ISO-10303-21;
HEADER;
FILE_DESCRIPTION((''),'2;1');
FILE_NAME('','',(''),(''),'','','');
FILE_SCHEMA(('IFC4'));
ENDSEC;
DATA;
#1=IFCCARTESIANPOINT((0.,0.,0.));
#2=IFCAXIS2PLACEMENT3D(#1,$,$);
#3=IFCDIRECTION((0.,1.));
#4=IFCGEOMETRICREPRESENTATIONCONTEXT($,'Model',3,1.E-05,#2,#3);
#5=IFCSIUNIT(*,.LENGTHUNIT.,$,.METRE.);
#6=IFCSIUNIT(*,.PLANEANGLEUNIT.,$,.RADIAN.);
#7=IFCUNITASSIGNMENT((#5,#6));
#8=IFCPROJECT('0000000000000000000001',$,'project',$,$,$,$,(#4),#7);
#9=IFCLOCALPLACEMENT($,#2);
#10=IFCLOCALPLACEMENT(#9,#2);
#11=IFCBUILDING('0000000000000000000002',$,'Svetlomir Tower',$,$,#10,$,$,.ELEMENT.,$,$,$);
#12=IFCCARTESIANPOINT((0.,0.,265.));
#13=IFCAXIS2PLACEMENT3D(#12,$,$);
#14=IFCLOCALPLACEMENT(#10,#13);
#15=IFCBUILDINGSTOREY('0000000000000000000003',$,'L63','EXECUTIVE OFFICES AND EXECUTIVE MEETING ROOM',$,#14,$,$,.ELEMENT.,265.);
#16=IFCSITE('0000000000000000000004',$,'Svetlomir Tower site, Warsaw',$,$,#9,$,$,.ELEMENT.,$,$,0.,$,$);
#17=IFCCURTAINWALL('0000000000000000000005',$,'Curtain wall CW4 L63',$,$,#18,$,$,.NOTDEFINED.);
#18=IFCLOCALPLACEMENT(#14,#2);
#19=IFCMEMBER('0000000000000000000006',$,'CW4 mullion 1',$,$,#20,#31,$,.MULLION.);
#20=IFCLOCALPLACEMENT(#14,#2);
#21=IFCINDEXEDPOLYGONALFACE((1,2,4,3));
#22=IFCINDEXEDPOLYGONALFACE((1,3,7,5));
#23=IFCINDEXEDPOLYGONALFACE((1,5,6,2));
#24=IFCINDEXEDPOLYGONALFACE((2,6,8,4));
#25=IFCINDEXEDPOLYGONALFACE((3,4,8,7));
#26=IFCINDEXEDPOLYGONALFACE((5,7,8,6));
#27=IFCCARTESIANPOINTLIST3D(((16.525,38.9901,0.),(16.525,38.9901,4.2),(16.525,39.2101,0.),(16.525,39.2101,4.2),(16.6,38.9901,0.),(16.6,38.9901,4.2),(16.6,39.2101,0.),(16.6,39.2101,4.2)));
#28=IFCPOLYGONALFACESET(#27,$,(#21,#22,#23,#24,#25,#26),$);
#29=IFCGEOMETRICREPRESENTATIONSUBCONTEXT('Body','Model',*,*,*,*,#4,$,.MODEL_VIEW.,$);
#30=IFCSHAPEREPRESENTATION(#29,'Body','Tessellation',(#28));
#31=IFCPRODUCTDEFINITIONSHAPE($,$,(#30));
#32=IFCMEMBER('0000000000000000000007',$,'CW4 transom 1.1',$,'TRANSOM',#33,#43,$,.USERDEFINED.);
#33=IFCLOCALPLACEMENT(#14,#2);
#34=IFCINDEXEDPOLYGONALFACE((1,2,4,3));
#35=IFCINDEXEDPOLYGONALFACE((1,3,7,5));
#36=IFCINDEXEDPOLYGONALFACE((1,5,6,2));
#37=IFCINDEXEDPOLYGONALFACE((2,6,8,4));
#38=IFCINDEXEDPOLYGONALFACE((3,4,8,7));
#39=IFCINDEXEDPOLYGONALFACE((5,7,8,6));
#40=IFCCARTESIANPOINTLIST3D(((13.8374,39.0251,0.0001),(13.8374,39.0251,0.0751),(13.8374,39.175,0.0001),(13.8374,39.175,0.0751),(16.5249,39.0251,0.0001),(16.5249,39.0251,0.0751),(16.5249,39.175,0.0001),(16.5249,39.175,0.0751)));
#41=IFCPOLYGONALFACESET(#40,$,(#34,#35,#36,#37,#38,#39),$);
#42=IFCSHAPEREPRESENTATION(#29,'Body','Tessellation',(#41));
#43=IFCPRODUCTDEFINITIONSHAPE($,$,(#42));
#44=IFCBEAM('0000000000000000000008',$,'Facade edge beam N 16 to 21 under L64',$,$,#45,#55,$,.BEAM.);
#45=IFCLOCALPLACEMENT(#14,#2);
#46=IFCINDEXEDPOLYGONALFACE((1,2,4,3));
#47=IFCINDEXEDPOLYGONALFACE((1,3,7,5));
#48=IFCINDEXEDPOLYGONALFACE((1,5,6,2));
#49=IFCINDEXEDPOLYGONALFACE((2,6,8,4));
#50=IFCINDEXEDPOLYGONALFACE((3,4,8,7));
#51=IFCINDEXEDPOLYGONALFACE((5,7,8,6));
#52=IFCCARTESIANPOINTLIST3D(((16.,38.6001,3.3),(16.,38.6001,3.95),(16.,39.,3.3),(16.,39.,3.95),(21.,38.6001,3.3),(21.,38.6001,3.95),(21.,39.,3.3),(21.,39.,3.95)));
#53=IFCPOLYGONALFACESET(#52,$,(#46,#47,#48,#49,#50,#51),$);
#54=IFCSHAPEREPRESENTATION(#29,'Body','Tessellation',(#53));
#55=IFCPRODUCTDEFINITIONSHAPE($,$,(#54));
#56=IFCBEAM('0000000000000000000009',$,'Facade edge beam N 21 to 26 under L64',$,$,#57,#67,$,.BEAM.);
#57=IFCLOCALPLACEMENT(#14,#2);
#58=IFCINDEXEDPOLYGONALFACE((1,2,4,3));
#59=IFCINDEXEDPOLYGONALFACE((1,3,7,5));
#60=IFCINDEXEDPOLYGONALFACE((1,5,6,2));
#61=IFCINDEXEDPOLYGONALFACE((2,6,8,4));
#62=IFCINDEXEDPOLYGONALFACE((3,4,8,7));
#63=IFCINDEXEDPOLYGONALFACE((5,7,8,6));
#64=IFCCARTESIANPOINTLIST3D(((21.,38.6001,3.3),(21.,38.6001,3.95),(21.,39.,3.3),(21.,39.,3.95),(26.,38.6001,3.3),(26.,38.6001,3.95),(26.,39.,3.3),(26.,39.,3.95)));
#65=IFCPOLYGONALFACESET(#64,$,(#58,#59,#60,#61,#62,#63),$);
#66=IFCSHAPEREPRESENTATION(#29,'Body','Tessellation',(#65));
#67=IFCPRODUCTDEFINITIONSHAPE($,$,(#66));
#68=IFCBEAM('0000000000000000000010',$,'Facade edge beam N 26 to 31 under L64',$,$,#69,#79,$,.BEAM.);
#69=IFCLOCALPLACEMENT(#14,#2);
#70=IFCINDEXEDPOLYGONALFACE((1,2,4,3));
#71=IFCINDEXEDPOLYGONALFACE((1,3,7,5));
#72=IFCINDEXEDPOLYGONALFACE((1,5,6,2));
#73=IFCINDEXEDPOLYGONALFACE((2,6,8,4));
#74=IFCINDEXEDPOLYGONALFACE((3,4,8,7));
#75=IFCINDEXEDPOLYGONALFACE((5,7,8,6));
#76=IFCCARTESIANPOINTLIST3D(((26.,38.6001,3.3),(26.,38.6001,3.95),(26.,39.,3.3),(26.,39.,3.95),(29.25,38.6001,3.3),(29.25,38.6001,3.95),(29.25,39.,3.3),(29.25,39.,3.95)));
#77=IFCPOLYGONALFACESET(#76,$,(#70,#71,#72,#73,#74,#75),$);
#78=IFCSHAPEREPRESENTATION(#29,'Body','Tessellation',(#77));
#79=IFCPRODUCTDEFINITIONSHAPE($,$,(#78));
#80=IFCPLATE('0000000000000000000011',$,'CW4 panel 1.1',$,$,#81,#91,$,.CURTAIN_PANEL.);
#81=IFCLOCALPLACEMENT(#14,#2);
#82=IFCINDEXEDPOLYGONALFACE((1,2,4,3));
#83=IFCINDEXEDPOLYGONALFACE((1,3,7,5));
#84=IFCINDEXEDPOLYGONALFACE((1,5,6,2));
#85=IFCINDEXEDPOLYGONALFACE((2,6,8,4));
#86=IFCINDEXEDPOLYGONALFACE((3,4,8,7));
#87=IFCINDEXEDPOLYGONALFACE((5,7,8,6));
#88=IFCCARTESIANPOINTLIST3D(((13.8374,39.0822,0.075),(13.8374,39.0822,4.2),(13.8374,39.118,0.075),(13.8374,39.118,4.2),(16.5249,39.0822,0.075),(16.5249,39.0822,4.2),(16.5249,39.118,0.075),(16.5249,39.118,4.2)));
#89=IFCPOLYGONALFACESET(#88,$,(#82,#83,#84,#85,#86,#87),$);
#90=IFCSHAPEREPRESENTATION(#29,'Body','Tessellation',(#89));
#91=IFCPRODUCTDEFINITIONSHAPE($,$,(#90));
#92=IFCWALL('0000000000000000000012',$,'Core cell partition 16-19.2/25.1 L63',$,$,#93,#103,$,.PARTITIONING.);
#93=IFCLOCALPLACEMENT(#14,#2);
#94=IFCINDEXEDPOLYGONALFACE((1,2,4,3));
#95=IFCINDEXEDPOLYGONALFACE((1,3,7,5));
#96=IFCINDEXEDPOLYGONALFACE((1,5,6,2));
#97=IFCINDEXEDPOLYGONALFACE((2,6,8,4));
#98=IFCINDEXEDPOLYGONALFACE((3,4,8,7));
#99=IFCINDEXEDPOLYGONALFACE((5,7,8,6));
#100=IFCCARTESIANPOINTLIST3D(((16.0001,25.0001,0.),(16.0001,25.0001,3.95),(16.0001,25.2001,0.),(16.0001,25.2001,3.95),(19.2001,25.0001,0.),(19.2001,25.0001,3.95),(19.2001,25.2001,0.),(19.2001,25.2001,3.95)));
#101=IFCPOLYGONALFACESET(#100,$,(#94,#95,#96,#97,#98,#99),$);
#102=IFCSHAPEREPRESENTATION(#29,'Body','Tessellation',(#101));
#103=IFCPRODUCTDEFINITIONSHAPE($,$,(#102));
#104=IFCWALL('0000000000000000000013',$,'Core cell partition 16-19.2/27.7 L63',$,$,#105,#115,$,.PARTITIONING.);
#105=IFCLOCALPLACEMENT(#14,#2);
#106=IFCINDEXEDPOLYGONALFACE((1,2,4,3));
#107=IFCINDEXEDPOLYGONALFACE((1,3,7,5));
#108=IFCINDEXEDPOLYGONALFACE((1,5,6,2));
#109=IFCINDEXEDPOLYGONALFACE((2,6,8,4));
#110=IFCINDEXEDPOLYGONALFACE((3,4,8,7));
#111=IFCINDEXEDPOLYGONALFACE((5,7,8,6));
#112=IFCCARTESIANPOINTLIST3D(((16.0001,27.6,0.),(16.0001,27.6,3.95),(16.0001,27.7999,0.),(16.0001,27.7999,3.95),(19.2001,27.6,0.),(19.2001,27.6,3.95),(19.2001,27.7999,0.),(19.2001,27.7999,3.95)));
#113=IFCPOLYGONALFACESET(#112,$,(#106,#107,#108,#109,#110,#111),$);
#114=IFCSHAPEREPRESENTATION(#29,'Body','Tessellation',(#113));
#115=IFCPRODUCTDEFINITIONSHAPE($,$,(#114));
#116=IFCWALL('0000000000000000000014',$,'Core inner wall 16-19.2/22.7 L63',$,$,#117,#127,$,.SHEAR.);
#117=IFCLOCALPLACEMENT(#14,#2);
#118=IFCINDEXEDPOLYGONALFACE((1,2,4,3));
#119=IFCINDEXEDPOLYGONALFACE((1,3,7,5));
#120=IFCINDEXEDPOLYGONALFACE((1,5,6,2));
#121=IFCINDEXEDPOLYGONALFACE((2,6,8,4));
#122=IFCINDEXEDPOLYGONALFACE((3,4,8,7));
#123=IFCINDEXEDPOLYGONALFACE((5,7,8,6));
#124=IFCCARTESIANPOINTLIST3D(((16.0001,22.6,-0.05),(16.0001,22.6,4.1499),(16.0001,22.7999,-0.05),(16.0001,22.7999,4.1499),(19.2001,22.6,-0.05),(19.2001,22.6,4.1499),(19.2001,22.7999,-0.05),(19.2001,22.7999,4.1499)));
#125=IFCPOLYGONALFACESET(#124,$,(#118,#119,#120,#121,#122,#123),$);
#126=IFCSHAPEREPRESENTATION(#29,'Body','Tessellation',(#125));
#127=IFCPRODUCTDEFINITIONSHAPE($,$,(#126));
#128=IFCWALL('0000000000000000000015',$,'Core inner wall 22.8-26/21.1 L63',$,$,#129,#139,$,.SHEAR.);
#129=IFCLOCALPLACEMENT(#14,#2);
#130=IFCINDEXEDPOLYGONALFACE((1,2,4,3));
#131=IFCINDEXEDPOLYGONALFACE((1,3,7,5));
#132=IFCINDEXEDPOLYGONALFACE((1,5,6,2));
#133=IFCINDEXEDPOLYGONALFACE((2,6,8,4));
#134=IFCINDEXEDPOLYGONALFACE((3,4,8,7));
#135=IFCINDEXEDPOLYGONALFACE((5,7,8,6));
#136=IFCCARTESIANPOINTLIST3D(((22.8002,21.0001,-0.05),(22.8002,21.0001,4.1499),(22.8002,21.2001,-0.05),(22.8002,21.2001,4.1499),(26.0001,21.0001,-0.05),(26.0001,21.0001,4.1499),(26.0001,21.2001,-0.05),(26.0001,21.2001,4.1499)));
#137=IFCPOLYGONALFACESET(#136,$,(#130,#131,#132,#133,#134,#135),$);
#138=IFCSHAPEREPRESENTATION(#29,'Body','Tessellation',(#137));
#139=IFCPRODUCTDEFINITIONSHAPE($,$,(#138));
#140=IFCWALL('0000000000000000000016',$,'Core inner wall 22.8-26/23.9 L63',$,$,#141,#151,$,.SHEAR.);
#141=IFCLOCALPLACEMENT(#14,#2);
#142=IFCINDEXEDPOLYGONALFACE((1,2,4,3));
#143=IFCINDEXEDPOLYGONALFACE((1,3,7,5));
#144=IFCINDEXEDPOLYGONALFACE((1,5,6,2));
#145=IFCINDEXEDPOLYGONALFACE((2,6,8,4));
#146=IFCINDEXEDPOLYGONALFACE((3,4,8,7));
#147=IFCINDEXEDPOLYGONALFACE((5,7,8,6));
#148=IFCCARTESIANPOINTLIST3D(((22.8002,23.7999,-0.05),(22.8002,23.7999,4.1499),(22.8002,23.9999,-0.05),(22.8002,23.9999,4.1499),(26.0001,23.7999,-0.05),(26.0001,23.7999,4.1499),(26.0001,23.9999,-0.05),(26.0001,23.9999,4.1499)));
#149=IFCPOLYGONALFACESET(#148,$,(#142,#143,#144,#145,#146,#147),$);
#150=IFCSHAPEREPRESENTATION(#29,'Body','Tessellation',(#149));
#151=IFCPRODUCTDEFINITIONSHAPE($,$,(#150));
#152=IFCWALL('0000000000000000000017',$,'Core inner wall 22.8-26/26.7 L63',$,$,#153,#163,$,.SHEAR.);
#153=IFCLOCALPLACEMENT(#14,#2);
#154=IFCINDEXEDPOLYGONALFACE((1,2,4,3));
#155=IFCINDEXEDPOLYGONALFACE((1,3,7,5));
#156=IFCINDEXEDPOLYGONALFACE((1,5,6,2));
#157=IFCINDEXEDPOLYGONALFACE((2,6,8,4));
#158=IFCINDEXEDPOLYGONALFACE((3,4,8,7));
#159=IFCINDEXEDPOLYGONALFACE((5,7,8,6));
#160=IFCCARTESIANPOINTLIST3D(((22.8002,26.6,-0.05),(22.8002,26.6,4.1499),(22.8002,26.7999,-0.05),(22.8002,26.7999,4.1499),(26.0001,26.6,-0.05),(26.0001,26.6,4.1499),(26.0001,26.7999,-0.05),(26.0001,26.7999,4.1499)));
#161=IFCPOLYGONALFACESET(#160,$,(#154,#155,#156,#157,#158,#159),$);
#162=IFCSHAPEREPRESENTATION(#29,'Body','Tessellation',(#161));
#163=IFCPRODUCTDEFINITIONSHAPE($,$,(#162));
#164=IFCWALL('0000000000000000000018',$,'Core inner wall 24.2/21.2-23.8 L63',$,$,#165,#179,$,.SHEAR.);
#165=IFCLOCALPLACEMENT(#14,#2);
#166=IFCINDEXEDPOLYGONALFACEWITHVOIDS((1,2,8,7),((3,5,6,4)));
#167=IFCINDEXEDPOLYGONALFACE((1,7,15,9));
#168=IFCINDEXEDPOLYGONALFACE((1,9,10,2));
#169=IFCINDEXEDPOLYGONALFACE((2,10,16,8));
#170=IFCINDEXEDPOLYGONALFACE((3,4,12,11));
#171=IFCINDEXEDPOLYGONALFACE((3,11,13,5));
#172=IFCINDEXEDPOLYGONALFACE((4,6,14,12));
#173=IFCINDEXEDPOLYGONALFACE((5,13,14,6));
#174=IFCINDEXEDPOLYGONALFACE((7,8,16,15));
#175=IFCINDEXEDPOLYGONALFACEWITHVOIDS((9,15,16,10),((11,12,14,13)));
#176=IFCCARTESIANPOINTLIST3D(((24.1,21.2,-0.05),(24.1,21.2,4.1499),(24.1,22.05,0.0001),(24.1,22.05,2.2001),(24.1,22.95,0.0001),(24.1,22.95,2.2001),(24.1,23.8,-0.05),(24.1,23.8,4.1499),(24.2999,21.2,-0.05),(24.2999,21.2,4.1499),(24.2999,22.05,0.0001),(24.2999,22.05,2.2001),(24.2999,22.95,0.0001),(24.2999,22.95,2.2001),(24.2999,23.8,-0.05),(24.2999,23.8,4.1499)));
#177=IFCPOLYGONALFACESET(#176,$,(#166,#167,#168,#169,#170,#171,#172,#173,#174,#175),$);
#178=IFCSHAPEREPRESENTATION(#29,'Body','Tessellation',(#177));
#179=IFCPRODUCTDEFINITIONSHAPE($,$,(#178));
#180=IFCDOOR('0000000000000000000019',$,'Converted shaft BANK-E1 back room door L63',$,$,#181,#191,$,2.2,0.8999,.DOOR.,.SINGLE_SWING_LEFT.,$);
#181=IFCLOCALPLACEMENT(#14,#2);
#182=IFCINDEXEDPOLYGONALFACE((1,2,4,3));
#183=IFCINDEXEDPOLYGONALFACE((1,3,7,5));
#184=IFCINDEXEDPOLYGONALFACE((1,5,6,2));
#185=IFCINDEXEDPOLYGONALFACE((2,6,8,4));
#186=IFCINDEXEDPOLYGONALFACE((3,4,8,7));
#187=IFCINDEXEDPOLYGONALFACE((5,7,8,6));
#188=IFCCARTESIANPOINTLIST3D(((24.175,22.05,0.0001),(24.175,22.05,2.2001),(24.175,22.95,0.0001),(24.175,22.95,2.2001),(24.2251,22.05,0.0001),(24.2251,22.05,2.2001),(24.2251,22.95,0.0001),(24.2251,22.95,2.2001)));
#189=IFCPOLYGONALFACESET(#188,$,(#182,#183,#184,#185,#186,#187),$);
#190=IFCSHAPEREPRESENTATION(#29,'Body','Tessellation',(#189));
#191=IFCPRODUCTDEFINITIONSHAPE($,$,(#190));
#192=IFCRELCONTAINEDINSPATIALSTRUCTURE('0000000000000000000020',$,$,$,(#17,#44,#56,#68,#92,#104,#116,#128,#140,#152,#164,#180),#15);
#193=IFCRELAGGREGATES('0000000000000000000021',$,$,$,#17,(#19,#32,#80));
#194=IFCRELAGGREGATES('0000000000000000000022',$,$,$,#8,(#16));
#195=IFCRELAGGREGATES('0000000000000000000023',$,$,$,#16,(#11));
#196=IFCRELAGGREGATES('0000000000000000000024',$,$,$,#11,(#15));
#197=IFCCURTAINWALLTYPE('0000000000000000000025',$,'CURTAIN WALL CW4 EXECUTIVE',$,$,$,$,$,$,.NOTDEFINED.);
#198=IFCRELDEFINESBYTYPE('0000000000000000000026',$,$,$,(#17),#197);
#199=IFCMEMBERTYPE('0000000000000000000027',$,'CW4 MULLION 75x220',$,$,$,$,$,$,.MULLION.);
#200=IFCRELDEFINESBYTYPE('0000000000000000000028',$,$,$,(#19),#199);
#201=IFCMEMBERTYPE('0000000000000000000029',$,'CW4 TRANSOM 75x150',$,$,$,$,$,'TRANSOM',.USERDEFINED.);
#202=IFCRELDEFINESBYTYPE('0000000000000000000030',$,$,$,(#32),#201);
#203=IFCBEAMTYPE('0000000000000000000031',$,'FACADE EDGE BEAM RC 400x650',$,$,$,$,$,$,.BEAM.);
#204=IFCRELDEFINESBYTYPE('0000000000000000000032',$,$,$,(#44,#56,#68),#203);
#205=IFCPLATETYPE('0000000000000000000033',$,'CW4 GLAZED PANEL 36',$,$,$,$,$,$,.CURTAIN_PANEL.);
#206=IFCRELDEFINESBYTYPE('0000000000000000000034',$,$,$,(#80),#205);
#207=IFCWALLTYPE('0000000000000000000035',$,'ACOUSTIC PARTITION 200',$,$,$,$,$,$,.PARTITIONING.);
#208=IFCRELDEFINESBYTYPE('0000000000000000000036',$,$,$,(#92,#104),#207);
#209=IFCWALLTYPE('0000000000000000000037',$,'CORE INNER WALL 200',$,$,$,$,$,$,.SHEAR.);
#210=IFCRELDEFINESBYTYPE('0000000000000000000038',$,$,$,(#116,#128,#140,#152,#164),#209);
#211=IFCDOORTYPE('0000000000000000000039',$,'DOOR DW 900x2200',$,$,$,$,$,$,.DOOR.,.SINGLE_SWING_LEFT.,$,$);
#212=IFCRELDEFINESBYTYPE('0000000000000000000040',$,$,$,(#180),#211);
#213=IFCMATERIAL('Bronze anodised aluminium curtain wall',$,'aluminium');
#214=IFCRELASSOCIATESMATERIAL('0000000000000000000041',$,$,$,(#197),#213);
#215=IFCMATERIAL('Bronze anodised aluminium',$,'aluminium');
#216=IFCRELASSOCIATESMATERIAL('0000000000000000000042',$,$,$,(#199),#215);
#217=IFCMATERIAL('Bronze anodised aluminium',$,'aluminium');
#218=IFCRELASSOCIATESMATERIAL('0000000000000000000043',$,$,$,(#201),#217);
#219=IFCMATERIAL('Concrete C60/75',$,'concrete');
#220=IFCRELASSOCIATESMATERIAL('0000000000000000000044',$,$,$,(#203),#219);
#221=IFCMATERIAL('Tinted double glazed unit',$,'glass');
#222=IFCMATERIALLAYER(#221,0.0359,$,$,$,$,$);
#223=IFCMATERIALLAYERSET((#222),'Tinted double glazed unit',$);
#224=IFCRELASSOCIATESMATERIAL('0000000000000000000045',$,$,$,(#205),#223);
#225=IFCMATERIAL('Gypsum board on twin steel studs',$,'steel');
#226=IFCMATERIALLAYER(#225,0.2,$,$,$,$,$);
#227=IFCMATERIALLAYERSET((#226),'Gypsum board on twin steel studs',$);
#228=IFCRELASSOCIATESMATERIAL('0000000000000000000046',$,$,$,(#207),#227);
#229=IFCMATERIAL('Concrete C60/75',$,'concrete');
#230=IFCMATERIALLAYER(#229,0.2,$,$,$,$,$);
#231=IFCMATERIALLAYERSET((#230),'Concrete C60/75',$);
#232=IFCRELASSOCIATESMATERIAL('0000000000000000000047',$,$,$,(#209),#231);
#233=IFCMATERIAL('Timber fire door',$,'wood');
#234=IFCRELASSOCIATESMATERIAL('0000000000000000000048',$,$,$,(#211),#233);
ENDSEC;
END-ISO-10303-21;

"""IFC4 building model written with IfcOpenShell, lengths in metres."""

from ifc_helpers import new_model, si_unit, direction, frame, frame_2d, origin, origin_2d, place, context, subcontext, project, spatial, rectangle, extrude, material, layer, layer_set, material_profile, profile_set, type_object, element, fill, aggregate, save


model = new_model("IFC4")

# Units and contexts
model_context = context("Model", 3, precision=1e-05, world=origin(), true_north=direction((0.0, 1.0)))
body_context = subcontext(model_context, "Body", "Model", "MODEL_VIEW")
ifc_project = project(units=[si_unit("LENGTHUNIT", "METRE"), si_unit("PLANEANGLEUNIT", "RADIAN")], contexts=[model_context])

# Site, building, storey
site_placement = place(None, origin())
site = spatial("IfcSite", under=ifc_project, at=site_placement, Name="Svetlomir Tower site, Warsaw", CompositionType="ELEMENT", RefElevation=0.0)
building_placement = place(site_placement, origin())
building = spatial("IfcBuilding", under=site, at=building_placement, Name="Svetlomir Tower", CompositionType="ELEMENT")
storey_placement = place(building_placement, frame((0.0, 0.0, 265.0)))
storey = spatial("IfcBuildingStorey", under=building, at=storey_placement, Name="L63", Description="EXECUTIVE OFFICES AND EXECUTIVE MEETING ROOM", CompositionType="ELEMENT", Elevation=265.0)

# Curtain wall, members
ifc_material_1 = material(Name="Bronze anodised aluminium curtain wall", Category="aluminium")
curtain_wall_type = type_object("IfcCurtainWallType", Name="CURTAIN WALL CW4 EXECUTIVE", PredefinedType="NOTDEFINED", material=ifc_material_1)
curtain_wall_placement = place(storey_placement, origin())
curtain_wall = element("IfcCurtainWall", 1, at=curtain_wall_placement, inside=storey, type_object=curtain_wall_type, Name="Curtain wall CW4 L63", PredefinedType="NOTDEFINED")
ifc_material_2 = material(Name="Bronze anodised aluminium", Category="aluminium")
ifc_material_profile_1 = material_profile(ifc_material_2, rectangle(XDim=0.075, YDim=0.22, at=origin_2d()), Name="AL 75x220")
ifc_profile_set_1 = profile_set([ifc_material_profile_1], Name="Bronze anodised aluminium 6063-T6")
member_type_1 = type_object("IfcMemberType", Name="CW4 MULLION 75x220", PredefinedType="MULLION", material=ifc_profile_set_1)
member_1_placement = place(storey_placement, frame((16.5625, 39.1001, 0.0), z_axis=(0.0, 0.0, 1.0), x_axis=(-1.0, 0.0, 0.0)))
member_1 = element("IfcMember", 2, at=member_1_placement, type_object=member_type_1, Name="CW4 mullion 1", PredefinedType="MULLION", context=body_context, shape_type="SweptSolid", body=[
    extrude(rectangle(XDim=0.075, YDim=0.22, at=origin_2d()), origin(), (0.0, 0.0, 1.0), 4.2),
])
ifc_material_3 = material(Name="Bronze anodised aluminium", Category="aluminium")
ifc_material_profile_2 = material_profile(ifc_material_3, rectangle(XDim=0.1499, YDim=0.075, at=origin_2d()), Name="AL 150x75")
ifc_profile_set_2 = profile_set([ifc_material_profile_2], Name="Bronze anodised aluminium 6063-T6")
member_type_2 = type_object("IfcMemberType", Name="CW4 TRANSOM 75x150", ElementType="TRANSOM", PredefinedType="USERDEFINED", material=ifc_profile_set_2)
member_2_placement = place(storey_placement, frame((16.5249, 39.1001, 0.0376), z_axis=(-1.0, 0.0, 0.0), x_axis=(0.0, -1.0, 0.0)))
member_2 = element("IfcMember", 3, at=member_2_placement, type_object=member_type_2, Name="CW4 transom 1.1", ObjectType="TRANSOM", PredefinedType="USERDEFINED", context=body_context, shape_type="SweptSolid", body=[
    extrude(rectangle(XDim=0.1499, YDim=0.075, at=origin_2d()), origin(), (0.0, 0.0, 1.0), 2.6875),
])

# Beams
ifc_material_4 = material(Name="Concrete C60/75", Category="concrete")
ifc_material_profile_3 = material_profile(ifc_material_4, rectangle(XDim=0.3999, YDim=0.6499, at=origin_2d()), Name="RC 400x650")
ifc_profile_set_3 = profile_set([ifc_material_profile_3], Name="Concrete C60/75")
beam_type = type_object("IfcBeamType", Name="FACADE EDGE BEAM RC 400x650", PredefinedType="BEAM", material=ifc_profile_set_3)
for number, where, z_axis, x_axis, name in (
    (4, (16.0, 38.8, 3.625), (1.0, 0.0, 0.0), (0.0, 1.0, 0.0), "Facade edge beam N 16 to 21 under L64"),
    (5, (21.0, 38.8, 3.625), (1.0, 0.0, 0.0), (0.0, 1.0, 0.0), "Facade edge beam N 21 to 26 under L64"),
):
    element("IfcBeam", number, at=place(storey_placement, frame(where, z_axis=z_axis, x_axis=x_axis)), inside=storey, type_object=beam_type, Name=name, PredefinedType="BEAM", context=body_context, shape_type="SweptSolid", body=[
        extrude(rectangle(XDim=0.3999, YDim=0.6499, at=origin_2d()), origin(), (0.0, 0.0, 1.0), 5.0),
    ])
beam_placement = place(storey_placement, frame((26.0, 38.8, 3.625), z_axis=(1.0, 0.0, 0.0), x_axis=(0.0, 1.0, 0.0)))
element("IfcBeam", 6, at=beam_placement, inside=storey, type_object=beam_type, Name="Facade edge beam N 26 to 31 under L64", PredefinedType="BEAM", context=body_context, shape_type="SweptSolid", body=[
    extrude(rectangle(XDim=0.3999, YDim=0.6499, at=origin_2d()), origin(), (0.0, 0.0, 1.0), 3.25),
])

# Plate
ifc_material_5 = material(Name="Tinted double glazed unit", Category="glass")
ifc_layer_1 = layer(ifc_material_5, 0.0359)
ifc_layer_set_1 = layer_set([ifc_layer_1], Name="Tinted double glazed unit")
plate_type = type_object("IfcPlateType", Name="CW4 GLAZED PANEL 36", PredefinedType="CURTAIN_PANEL", material=ifc_layer_set_1)
plate_placement = place(storey_placement, frame((15.1812, 39.1001, 0.075), z_axis=(0.0, 0.0, 1.0), x_axis=(-1.0, 0.0, 0.0)))
plate = element("IfcPlate", 7, at=plate_placement, type_object=plate_type, Name="CW4 panel 1.1", PredefinedType="CURTAIN_PANEL", context=body_context, shape_type="SweptSolid", body=[
    extrude(rectangle(XDim=2.6875, YDim=0.0359, at=origin_2d()), origin(), (0.0, 0.0, 1.0), 4.125),
])
aggregate(curtain_wall, [member_1, member_2, plate])

# Walls
ifc_material_6 = material(Name="Gypsum board on twin steel studs", Category="steel")
ifc_layer_2 = layer(ifc_material_6, 0.2)
ifc_layer_set_2 = layer_set([ifc_layer_2], Name="Gypsum board on twin steel studs")
wall_type_1 = type_object("IfcWallType", Name="ACOUSTIC PARTITION 200", PredefinedType="PARTITIONING", material=ifc_layer_set_2)
for number, where, z_axis, x_axis, name in (
    (8, (16.0, 25.1001, 0.0), (0.0, 0.0, 1.0), (1.0, 0.0, 0.0), "Core cell partition 16-19.2/25.1 L63"),
    (9, (16.0, 27.7, 0.0), (0.0, 0.0, 1.0), (1.0, 0.0, 0.0), "Core cell partition 16-19.2/27.7 L63"),
):
    element("IfcWall", number, at=place(storey_placement, frame(where, z_axis=z_axis, x_axis=x_axis)), inside=storey, type_object=wall_type_1, Name=name, PredefinedType="PARTITIONING", context=body_context, shape_type="SweptSolid", body=[
        extrude(rectangle(XDim=3.2, YDim=0.2, at=frame_2d((1.6001, 0.0))), origin(), (0.0, 0.0, 1.0), 3.95),
    ])
ifc_material_7 = material(Name="Concrete C60/75", Category="concrete")
ifc_layer_3 = layer(ifc_material_7, 0.2)
ifc_layer_set_3 = layer_set([ifc_layer_3], Name="Concrete C60/75")
wall_type_2 = type_object("IfcWallType", Name="CORE INNER WALL 200", PredefinedType="SHEAR", material=ifc_layer_set_3)
for number, where, z_axis, x_axis, name in (
    (10, (16.0, 22.7, -0.05), (0.0, 0.0, 1.0), (1.0, 0.0, 0.0), "Core inner wall 16-19.2/22.7 L63"),
    (11, (22.8, 21.1001, -0.05), (0.0, 0.0, 1.0), (1.0, 0.0, 0.0), "Core inner wall 22.8-26/21.1 L63"),
    (12, (22.8, 23.8999, -0.05), (0.0, 0.0, 1.0), (1.0, 0.0, 0.0), "Core inner wall 22.8-26/23.9 L63"),
    (13, (22.8, 26.7, -0.05), (0.0, 0.0, 1.0), (1.0, 0.0, 0.0), "Core inner wall 22.8-26/26.7 L63"),
):
    element("IfcWall", number, at=place(storey_placement, frame(where, z_axis=z_axis, x_axis=x_axis)), inside=storey, type_object=wall_type_2, Name=name, PredefinedType="SHEAR", context=body_context, shape_type="SweptSolid", body=[
        extrude(rectangle(XDim=3.2, YDim=0.2, at=frame_2d((1.6001, 0.0))), origin(), (0.0, 0.0, 1.0), 4.2),
    ])

# Wall, opening, door
wall_1_placement = place(storey_placement, frame((24.2, 21.2, -0.05), z_axis=(0.0, 0.0, 1.0), x_axis=(0.0, 1.0, 0.0)))
wall_1 = element("IfcWall", 14, at=wall_1_placement, inside=storey, type_object=wall_type_2, Name="Core inner wall 24.2/21.2-23.8 L63", PredefinedType="SHEAR", context=body_context, shape_type="SweptSolid", body=[
    extrude(rectangle(XDim=2.6001, YDim=0.2, at=frame_2d((1.3, 0.0))), origin(), (0.0, 0.0, 1.0), 4.2),
])
opening_1_placement = place(wall_1_placement, frame((0.8501, 0.0, 0.05)))
opening_1 = element("IfcOpeningElement", 15, at=opening_1_placement, cuts=wall_1, PredefinedType="OPENING", context=body_context, shape_type="SweptSolid", body=[
    extrude(rectangle(XDim=0.8999, YDim=2.2, at=frame_2d((0.45, 1.1001))), frame((0.0, 0.1099, 0.0), z_axis=(0.0, -1.0, 0.0), x_axis=(1.0, 0.0, 0.0)), (0.0, 0.0, 1.0), 0.22),
])
ifc_material_8 = material(Name="Timber fire door", Category="wood")
door_type_1 = type_object("IfcDoorType", Name="DOOR DW 900x2200", OperationType="SINGLE_SWING_LEFT", PredefinedType="DOOR", material=ifc_material_8)
door_1_placement = place(opening_1_placement, origin())
door_1 = element("IfcDoor", 16, at=door_1_placement, inside=storey, type_object=door_type_1, Name="Converted shaft BANK-E1 back room door L63", OperationType="SINGLE_SWING_LEFT", OverallHeight=2.2, OverallWidth=0.8999, PredefinedType="DOOR", context=body_context, shape_type="SweptSolid", body=[
    extrude(rectangle(XDim=0.8999, YDim=2.2, at=frame_2d((0.45, 1.1001))), frame((0.0, 0.0249, 0.0), z_axis=(0.0, -1.0, 0.0), x_axis=(1.0, 0.0, 0.0)), (0.0, 0.0, 1.0), 0.05),
])
fill(opening_1, door_1)

save(model, "model.ifc")
